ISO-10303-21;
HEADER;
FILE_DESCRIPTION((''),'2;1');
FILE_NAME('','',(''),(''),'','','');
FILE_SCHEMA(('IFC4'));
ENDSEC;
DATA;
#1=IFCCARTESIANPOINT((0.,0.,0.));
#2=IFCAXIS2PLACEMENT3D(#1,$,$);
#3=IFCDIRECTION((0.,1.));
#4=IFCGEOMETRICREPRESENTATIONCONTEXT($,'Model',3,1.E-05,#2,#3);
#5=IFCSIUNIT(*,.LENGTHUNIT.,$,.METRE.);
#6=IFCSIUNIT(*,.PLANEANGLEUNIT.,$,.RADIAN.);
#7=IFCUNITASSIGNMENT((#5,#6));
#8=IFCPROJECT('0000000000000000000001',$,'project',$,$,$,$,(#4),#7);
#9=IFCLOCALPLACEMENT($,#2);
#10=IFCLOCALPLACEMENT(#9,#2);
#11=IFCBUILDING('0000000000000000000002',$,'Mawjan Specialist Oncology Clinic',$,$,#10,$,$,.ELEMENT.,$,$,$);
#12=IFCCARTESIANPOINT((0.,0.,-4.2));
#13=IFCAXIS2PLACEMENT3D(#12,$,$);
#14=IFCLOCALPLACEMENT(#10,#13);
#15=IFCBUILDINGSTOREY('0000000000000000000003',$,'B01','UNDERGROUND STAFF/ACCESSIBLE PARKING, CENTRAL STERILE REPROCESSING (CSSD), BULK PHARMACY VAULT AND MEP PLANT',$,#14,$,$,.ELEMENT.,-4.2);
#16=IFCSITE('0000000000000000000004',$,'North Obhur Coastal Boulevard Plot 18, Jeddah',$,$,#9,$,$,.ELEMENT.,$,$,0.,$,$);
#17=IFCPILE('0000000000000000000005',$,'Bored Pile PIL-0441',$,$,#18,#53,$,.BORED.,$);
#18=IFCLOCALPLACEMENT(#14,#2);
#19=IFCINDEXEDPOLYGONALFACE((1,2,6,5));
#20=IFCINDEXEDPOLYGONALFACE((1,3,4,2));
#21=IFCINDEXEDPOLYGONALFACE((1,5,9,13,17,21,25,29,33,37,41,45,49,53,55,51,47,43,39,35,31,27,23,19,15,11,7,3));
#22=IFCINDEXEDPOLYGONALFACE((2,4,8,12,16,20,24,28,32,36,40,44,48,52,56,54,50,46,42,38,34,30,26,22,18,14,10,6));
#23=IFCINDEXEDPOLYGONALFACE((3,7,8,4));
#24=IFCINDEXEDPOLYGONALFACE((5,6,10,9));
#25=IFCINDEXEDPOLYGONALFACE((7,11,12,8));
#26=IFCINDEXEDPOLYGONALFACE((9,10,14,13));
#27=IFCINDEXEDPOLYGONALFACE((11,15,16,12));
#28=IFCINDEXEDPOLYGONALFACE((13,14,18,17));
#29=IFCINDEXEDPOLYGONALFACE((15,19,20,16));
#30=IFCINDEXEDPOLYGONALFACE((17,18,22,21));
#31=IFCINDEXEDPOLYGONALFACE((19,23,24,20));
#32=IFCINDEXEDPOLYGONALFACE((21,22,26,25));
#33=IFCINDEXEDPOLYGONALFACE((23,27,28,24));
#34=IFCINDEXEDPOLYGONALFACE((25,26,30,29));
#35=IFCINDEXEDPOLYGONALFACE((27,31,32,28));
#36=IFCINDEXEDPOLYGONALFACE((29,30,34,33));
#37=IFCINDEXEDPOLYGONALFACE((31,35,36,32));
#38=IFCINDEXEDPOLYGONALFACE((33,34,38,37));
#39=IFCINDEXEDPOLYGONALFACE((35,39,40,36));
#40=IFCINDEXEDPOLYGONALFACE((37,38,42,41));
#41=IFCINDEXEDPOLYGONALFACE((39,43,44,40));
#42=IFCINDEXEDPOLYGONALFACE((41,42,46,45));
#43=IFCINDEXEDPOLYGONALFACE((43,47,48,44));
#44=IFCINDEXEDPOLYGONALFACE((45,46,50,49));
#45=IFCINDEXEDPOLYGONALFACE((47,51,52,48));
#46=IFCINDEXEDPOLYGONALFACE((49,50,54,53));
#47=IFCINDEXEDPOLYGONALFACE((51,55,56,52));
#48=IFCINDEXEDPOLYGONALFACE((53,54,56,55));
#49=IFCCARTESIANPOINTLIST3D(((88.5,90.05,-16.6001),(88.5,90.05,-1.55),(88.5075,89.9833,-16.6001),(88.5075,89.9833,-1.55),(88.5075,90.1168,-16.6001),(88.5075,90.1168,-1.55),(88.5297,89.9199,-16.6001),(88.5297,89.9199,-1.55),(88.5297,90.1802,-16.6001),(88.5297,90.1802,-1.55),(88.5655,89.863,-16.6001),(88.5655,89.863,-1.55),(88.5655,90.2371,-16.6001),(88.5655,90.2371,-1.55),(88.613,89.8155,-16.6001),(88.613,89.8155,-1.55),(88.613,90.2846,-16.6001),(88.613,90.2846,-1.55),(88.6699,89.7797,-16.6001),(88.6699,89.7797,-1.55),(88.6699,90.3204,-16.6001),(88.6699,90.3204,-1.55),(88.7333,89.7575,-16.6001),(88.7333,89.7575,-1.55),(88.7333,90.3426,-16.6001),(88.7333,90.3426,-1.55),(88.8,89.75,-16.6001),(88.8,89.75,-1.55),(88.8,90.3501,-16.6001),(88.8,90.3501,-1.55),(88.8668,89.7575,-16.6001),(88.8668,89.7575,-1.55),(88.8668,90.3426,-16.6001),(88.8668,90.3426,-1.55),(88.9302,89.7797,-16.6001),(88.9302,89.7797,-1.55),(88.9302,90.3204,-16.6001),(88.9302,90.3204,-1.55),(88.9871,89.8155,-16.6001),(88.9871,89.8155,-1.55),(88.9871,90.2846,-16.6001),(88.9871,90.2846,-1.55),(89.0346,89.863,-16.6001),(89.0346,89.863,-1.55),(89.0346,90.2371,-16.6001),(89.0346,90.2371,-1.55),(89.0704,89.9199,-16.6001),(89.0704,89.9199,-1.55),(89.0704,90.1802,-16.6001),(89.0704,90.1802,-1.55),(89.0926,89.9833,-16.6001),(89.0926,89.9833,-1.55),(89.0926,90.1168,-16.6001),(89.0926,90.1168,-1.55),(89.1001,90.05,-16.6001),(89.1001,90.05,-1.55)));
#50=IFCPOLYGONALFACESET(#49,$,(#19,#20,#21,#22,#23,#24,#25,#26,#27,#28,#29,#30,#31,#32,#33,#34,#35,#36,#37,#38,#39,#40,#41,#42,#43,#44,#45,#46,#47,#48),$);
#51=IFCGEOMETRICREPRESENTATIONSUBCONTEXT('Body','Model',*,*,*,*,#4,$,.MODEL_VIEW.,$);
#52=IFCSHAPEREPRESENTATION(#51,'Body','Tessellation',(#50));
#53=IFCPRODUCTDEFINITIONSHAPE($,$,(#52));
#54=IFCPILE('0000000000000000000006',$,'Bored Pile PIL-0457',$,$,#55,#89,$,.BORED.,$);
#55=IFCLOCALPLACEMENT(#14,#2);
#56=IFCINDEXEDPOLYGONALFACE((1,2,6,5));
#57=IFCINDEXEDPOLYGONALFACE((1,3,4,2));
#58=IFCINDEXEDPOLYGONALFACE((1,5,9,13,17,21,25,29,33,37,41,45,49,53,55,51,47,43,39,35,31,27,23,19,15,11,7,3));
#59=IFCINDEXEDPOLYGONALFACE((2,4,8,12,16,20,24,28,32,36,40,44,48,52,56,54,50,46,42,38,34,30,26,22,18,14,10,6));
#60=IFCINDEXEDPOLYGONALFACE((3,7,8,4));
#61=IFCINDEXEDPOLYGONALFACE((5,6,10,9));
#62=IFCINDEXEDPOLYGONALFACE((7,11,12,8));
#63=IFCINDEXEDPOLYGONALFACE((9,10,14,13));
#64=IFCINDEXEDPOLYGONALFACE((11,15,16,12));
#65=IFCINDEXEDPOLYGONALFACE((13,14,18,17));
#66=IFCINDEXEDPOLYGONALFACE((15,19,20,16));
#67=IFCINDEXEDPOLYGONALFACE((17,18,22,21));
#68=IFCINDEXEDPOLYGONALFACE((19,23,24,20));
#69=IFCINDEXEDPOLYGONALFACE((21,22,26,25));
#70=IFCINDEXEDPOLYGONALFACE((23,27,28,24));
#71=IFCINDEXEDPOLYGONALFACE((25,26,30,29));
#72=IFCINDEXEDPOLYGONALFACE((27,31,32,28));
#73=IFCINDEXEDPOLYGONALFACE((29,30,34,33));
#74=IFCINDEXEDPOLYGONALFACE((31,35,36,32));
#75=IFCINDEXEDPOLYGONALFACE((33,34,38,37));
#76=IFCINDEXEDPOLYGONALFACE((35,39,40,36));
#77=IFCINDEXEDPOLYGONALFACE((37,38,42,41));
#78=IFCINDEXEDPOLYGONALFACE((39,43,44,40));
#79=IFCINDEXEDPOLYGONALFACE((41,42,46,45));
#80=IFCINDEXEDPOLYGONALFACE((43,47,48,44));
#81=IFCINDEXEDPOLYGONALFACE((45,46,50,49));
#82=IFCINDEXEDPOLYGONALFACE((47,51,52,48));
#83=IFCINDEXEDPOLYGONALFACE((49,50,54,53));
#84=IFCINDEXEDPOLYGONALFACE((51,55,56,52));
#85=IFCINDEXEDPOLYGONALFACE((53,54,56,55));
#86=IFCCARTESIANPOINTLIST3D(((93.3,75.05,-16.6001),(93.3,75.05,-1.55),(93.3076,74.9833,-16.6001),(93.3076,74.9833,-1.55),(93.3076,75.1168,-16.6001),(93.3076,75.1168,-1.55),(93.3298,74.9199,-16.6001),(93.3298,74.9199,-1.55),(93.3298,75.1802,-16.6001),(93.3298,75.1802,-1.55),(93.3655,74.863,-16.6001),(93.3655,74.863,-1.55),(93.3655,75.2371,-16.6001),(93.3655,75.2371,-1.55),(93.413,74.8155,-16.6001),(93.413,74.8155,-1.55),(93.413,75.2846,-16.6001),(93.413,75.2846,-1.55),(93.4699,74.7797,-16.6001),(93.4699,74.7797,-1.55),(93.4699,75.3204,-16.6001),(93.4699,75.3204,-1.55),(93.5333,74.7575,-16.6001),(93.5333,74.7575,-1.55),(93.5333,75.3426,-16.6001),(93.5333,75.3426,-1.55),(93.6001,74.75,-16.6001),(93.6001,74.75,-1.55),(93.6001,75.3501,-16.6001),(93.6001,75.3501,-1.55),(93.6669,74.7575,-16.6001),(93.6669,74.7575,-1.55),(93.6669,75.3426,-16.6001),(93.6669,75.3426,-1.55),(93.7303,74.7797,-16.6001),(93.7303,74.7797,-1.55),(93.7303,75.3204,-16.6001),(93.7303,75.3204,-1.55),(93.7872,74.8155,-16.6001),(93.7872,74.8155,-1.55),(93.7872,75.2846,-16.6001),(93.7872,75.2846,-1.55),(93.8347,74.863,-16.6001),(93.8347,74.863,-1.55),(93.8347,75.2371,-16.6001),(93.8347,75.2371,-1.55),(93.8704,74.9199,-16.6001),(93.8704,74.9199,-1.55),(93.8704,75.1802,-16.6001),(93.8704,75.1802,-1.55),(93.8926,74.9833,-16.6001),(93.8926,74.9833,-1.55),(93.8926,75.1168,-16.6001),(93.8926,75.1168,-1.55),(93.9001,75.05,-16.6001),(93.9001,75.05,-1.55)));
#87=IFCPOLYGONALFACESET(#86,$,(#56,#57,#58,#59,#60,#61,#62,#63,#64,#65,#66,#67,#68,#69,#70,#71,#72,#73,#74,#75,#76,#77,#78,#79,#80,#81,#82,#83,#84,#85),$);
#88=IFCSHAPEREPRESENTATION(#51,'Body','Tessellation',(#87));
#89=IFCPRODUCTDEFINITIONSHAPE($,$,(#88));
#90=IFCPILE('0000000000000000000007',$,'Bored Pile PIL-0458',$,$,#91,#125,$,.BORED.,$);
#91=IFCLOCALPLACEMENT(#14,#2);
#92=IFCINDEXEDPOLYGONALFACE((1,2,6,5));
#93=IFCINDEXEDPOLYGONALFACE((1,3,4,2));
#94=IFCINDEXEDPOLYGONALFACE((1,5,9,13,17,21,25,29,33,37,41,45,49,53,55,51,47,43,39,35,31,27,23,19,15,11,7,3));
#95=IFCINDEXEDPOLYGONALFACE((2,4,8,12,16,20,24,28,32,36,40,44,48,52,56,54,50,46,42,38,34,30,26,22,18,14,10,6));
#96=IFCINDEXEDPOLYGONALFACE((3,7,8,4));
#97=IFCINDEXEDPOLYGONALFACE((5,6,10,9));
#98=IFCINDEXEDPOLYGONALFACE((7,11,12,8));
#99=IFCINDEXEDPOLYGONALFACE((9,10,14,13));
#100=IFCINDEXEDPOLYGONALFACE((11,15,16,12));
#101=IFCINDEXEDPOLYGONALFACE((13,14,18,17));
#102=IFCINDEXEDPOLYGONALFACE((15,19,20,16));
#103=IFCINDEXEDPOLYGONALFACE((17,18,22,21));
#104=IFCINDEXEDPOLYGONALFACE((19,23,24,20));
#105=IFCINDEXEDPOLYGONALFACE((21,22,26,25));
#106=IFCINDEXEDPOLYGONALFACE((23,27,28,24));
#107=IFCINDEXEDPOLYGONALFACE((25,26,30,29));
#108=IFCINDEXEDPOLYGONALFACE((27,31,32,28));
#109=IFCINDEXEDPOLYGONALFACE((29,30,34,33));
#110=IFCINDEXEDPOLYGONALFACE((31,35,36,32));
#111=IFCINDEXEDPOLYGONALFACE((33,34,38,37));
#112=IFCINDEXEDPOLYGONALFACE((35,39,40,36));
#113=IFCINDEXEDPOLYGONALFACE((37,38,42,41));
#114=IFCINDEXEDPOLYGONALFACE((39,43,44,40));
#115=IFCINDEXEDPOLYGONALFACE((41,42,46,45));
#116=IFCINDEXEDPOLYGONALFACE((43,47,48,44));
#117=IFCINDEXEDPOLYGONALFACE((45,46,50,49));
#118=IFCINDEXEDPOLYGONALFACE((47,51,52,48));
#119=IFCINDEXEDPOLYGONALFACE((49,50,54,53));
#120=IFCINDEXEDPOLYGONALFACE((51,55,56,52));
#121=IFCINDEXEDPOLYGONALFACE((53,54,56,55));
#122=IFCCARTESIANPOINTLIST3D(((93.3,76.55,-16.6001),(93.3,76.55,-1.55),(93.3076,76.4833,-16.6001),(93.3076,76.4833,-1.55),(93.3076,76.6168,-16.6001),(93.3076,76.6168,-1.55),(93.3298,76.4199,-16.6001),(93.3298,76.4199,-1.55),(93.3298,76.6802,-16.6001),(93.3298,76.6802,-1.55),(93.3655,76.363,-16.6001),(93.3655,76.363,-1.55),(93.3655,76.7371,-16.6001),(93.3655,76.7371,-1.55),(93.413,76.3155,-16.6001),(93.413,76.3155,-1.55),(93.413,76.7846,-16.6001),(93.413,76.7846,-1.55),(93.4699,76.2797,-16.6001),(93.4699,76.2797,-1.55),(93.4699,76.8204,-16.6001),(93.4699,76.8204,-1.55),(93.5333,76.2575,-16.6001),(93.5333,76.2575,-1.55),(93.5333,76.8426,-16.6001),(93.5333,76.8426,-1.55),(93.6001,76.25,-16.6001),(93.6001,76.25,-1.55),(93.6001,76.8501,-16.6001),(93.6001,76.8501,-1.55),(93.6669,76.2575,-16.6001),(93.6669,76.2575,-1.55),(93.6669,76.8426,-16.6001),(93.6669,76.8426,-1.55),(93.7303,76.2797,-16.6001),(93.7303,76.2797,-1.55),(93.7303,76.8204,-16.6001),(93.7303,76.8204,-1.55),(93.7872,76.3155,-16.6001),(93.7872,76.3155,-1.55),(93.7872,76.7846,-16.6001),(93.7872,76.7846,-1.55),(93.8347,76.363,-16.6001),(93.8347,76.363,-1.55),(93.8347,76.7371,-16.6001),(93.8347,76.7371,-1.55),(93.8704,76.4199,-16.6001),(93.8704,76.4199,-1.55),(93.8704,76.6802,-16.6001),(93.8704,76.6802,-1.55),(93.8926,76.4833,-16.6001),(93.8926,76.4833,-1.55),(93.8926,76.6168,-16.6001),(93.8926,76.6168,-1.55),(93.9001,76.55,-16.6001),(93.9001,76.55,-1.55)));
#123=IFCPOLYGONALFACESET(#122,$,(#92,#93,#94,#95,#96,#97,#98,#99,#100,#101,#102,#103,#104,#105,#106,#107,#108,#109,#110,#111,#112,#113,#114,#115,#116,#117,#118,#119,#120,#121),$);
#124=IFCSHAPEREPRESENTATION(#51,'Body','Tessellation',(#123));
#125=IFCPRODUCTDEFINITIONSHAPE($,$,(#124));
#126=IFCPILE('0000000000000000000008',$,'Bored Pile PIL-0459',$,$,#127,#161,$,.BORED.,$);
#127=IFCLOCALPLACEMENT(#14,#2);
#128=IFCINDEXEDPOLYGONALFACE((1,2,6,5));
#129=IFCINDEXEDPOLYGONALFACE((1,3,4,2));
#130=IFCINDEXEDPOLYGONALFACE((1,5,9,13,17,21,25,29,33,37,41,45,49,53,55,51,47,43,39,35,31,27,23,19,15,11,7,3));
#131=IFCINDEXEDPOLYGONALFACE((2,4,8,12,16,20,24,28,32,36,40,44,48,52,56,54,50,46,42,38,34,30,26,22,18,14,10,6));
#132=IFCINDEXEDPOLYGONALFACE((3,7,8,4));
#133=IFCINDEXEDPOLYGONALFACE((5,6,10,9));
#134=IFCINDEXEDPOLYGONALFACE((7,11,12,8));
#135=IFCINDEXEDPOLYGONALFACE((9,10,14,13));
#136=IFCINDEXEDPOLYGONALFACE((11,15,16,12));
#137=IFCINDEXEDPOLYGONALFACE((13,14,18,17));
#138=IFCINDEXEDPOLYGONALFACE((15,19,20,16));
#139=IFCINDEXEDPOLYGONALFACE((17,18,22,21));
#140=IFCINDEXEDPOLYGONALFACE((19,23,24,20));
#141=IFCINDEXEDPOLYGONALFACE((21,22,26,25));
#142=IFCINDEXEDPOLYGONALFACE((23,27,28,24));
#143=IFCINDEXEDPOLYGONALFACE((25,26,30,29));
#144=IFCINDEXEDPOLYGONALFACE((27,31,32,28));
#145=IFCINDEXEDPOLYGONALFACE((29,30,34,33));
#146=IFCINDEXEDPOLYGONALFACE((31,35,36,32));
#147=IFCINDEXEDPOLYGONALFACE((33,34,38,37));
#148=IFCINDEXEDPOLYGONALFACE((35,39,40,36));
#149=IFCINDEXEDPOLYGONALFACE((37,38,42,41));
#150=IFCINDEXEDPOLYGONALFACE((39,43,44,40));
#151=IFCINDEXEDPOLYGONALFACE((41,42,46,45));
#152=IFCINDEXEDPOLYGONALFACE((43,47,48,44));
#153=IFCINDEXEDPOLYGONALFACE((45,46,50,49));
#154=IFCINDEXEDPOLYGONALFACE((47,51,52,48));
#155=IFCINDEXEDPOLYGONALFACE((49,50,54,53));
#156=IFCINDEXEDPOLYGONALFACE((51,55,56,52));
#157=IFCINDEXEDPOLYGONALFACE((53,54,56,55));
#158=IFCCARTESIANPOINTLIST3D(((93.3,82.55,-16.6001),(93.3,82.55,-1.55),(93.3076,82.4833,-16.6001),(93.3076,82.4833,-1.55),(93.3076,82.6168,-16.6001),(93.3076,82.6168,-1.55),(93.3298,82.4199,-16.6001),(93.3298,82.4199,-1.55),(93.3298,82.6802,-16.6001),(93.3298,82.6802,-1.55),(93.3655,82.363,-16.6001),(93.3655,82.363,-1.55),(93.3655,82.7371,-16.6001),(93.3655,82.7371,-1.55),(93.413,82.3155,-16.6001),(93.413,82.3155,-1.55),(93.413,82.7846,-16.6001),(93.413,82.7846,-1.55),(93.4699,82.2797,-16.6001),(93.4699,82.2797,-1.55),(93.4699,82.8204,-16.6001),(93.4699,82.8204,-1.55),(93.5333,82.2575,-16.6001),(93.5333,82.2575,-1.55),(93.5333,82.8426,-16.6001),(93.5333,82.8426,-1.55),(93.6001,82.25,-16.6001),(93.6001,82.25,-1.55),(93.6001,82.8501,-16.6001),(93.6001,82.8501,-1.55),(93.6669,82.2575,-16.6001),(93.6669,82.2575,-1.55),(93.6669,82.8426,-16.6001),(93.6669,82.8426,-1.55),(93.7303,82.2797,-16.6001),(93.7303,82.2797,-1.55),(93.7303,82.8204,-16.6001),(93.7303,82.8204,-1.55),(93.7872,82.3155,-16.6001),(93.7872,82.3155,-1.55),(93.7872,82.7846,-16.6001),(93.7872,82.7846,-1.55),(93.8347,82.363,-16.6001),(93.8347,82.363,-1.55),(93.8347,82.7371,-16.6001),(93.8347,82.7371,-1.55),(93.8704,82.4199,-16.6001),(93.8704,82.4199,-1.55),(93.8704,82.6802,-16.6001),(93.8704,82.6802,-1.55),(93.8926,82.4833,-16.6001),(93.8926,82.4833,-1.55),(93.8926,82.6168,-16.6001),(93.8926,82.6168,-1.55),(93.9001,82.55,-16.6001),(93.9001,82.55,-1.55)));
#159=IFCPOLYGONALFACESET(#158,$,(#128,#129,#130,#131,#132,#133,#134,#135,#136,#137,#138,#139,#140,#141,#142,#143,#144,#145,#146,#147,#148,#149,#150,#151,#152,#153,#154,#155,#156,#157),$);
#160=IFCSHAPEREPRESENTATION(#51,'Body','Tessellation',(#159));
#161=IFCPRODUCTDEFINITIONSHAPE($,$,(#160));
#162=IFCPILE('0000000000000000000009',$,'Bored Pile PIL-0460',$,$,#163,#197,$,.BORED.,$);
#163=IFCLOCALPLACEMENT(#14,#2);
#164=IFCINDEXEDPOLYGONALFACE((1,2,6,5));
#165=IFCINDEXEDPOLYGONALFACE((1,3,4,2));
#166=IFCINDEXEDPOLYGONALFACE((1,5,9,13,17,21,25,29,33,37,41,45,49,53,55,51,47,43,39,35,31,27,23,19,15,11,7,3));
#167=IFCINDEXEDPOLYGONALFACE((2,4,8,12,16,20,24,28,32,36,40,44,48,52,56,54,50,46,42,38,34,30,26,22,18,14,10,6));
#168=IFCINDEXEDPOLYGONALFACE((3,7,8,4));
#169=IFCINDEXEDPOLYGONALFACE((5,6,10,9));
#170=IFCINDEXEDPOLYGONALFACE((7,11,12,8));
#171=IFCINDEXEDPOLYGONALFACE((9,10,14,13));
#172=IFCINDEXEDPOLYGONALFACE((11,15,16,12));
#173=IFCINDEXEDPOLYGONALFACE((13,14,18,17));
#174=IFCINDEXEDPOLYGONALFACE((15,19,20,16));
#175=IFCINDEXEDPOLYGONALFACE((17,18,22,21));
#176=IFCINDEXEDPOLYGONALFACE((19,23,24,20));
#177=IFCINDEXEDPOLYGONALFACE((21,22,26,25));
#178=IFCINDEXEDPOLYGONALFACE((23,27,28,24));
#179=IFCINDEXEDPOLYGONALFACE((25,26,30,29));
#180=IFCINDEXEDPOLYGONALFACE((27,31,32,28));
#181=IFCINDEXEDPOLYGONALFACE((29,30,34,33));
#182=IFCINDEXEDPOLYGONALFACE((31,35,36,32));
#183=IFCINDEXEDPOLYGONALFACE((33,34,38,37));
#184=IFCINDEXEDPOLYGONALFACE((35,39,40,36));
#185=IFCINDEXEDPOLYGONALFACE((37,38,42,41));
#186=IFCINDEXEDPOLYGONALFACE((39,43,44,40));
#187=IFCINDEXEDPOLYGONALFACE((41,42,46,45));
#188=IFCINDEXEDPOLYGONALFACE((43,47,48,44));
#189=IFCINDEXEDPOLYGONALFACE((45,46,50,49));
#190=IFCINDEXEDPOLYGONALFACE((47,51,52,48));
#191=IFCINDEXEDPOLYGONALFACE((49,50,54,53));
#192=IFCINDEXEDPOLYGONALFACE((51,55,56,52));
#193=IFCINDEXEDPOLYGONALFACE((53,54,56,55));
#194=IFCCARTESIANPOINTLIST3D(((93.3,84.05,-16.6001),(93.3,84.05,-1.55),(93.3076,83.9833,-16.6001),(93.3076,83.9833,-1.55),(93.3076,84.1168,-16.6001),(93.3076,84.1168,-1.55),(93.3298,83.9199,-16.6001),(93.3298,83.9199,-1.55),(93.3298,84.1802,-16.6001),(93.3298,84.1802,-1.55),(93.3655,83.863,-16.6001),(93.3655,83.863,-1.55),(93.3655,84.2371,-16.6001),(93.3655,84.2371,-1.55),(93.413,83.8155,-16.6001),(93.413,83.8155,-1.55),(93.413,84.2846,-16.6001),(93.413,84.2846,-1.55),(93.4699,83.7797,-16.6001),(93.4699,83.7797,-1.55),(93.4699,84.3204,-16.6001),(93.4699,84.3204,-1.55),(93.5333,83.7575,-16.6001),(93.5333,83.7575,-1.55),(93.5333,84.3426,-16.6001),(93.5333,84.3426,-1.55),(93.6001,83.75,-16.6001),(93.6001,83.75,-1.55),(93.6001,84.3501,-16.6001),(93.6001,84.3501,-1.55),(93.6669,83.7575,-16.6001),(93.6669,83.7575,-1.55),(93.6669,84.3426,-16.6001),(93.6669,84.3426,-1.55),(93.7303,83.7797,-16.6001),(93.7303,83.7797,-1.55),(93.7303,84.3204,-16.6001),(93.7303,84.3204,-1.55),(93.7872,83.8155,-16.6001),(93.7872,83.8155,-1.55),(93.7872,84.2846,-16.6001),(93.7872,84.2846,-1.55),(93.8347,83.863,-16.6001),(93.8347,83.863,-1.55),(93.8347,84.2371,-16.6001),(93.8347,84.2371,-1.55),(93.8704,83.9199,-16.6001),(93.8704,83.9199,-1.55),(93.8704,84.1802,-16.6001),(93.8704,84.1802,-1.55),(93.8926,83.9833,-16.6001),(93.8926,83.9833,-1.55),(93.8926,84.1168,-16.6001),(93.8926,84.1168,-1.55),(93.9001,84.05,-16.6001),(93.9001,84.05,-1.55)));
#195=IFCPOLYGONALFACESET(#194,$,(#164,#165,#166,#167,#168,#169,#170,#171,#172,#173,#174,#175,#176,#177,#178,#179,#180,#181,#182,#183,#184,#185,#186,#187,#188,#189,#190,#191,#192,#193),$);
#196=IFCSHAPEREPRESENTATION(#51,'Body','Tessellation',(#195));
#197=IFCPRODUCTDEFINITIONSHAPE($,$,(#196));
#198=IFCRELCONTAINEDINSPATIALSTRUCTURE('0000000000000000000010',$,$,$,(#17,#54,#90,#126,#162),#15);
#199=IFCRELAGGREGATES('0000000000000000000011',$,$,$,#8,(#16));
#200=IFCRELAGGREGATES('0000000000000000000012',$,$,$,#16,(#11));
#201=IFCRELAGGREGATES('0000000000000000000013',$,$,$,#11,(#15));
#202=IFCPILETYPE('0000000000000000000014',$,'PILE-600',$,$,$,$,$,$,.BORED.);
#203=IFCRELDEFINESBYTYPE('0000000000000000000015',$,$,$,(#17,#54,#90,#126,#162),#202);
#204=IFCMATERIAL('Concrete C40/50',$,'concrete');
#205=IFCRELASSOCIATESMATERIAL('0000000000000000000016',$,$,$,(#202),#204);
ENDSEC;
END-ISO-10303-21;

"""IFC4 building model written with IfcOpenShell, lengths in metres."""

from ifc_helpers import new_model, si_unit, direction, frame, origin, origin_2d, place, context, subcontext, project, spatial, circle, extrude, material, material_profile, profile_set, type_object, element, save


model = new_model("IFC4")

# Units and contexts
model_context = context("Model", 3, precision=1e-05, world=origin(), true_north=direction((0.0, 1.0)))
body_context = subcontext(model_context, "Body", "Model", "MODEL_VIEW")
ifc_project = project(units=[si_unit("LENGTHUNIT", "METRE"), si_unit("PLANEANGLEUNIT", "RADIAN")], contexts=[model_context])

# Site, building, storey
site_placement = place(None, origin())
site = spatial("IfcSite", under=ifc_project, at=site_placement, Name="North Obhur Coastal Boulevard Plot 18, Jeddah", CompositionType="ELEMENT", RefElevation=0.0)
building_placement = place(site_placement, origin())
building = spatial("IfcBuilding", under=site, at=building_placement, Name="Mawjan Specialist Oncology Clinic", CompositionType="ELEMENT")
storey_placement = place(building_placement, frame((0.0, 0.0, -4.2)))
storey = spatial("IfcBuildingStorey", under=building, at=storey_placement, Name="B01", Description="UNDERGROUND STAFF/ACCESSIBLE PARKING, CENTRAL STERILE REPROCESSING (CSSD), BULK PHARMACY VAULT AND MEP PLANT", CompositionType="ELEMENT", Elevation=-4.2)

# Piles
ifc_material_1 = material(Name="Concrete C40/50", Category="concrete")
ifc_material_profile_1 = material_profile(ifc_material_1, circle(Radius=0.3, at=origin_2d()), Name="BORED PILE D600", Category="concrete")
ifc_profile_set_1 = profile_set([ifc_material_profile_1], Name="Concrete C40/50")
pile_type = type_object("IfcPileType", Name="PILE-600", PredefinedType="BORED", material=ifc_profile_set_1)
for number, where, z_axis, x_axis, name in (
    (1, (88.8, 90.05, -1.55), (0.0, 0.0, -1.0), (1.0, 0.0, 0.0), "Bored Pile PIL-0441"),
    (2, (93.6001, 75.05, -1.55), (0.0, 0.0, -1.0), (1.0, 0.0, 0.0), "Bored Pile PIL-0457"),
    (3, (93.6001, 76.55, -1.55), (0.0, 0.0, -1.0), (1.0, 0.0, 0.0), "Bored Pile PIL-0458"),
    (4, (93.6001, 82.55, -1.55), (0.0, 0.0, -1.0), (1.0, 0.0, 0.0), "Bored Pile PIL-0459"),
    (5, (93.6001, 84.05, -1.55), (0.0, 0.0, -1.0), (1.0, 0.0, 0.0), "Bored Pile PIL-0460"),
):
    element("IfcPile", number, at=place(storey_placement, frame(where, z_axis=z_axis, x_axis=x_axis)), inside=storey, type_object=pile_type, Name=name, PredefinedType="BORED", context=body_context, shape_type="SweptSolid", body=[
        extrude(circle(Radius=0.3, at=origin_2d()), origin(), (0.0, 0.0, 1.0), 15.05),
    ])

save(model, "model.ifc")
